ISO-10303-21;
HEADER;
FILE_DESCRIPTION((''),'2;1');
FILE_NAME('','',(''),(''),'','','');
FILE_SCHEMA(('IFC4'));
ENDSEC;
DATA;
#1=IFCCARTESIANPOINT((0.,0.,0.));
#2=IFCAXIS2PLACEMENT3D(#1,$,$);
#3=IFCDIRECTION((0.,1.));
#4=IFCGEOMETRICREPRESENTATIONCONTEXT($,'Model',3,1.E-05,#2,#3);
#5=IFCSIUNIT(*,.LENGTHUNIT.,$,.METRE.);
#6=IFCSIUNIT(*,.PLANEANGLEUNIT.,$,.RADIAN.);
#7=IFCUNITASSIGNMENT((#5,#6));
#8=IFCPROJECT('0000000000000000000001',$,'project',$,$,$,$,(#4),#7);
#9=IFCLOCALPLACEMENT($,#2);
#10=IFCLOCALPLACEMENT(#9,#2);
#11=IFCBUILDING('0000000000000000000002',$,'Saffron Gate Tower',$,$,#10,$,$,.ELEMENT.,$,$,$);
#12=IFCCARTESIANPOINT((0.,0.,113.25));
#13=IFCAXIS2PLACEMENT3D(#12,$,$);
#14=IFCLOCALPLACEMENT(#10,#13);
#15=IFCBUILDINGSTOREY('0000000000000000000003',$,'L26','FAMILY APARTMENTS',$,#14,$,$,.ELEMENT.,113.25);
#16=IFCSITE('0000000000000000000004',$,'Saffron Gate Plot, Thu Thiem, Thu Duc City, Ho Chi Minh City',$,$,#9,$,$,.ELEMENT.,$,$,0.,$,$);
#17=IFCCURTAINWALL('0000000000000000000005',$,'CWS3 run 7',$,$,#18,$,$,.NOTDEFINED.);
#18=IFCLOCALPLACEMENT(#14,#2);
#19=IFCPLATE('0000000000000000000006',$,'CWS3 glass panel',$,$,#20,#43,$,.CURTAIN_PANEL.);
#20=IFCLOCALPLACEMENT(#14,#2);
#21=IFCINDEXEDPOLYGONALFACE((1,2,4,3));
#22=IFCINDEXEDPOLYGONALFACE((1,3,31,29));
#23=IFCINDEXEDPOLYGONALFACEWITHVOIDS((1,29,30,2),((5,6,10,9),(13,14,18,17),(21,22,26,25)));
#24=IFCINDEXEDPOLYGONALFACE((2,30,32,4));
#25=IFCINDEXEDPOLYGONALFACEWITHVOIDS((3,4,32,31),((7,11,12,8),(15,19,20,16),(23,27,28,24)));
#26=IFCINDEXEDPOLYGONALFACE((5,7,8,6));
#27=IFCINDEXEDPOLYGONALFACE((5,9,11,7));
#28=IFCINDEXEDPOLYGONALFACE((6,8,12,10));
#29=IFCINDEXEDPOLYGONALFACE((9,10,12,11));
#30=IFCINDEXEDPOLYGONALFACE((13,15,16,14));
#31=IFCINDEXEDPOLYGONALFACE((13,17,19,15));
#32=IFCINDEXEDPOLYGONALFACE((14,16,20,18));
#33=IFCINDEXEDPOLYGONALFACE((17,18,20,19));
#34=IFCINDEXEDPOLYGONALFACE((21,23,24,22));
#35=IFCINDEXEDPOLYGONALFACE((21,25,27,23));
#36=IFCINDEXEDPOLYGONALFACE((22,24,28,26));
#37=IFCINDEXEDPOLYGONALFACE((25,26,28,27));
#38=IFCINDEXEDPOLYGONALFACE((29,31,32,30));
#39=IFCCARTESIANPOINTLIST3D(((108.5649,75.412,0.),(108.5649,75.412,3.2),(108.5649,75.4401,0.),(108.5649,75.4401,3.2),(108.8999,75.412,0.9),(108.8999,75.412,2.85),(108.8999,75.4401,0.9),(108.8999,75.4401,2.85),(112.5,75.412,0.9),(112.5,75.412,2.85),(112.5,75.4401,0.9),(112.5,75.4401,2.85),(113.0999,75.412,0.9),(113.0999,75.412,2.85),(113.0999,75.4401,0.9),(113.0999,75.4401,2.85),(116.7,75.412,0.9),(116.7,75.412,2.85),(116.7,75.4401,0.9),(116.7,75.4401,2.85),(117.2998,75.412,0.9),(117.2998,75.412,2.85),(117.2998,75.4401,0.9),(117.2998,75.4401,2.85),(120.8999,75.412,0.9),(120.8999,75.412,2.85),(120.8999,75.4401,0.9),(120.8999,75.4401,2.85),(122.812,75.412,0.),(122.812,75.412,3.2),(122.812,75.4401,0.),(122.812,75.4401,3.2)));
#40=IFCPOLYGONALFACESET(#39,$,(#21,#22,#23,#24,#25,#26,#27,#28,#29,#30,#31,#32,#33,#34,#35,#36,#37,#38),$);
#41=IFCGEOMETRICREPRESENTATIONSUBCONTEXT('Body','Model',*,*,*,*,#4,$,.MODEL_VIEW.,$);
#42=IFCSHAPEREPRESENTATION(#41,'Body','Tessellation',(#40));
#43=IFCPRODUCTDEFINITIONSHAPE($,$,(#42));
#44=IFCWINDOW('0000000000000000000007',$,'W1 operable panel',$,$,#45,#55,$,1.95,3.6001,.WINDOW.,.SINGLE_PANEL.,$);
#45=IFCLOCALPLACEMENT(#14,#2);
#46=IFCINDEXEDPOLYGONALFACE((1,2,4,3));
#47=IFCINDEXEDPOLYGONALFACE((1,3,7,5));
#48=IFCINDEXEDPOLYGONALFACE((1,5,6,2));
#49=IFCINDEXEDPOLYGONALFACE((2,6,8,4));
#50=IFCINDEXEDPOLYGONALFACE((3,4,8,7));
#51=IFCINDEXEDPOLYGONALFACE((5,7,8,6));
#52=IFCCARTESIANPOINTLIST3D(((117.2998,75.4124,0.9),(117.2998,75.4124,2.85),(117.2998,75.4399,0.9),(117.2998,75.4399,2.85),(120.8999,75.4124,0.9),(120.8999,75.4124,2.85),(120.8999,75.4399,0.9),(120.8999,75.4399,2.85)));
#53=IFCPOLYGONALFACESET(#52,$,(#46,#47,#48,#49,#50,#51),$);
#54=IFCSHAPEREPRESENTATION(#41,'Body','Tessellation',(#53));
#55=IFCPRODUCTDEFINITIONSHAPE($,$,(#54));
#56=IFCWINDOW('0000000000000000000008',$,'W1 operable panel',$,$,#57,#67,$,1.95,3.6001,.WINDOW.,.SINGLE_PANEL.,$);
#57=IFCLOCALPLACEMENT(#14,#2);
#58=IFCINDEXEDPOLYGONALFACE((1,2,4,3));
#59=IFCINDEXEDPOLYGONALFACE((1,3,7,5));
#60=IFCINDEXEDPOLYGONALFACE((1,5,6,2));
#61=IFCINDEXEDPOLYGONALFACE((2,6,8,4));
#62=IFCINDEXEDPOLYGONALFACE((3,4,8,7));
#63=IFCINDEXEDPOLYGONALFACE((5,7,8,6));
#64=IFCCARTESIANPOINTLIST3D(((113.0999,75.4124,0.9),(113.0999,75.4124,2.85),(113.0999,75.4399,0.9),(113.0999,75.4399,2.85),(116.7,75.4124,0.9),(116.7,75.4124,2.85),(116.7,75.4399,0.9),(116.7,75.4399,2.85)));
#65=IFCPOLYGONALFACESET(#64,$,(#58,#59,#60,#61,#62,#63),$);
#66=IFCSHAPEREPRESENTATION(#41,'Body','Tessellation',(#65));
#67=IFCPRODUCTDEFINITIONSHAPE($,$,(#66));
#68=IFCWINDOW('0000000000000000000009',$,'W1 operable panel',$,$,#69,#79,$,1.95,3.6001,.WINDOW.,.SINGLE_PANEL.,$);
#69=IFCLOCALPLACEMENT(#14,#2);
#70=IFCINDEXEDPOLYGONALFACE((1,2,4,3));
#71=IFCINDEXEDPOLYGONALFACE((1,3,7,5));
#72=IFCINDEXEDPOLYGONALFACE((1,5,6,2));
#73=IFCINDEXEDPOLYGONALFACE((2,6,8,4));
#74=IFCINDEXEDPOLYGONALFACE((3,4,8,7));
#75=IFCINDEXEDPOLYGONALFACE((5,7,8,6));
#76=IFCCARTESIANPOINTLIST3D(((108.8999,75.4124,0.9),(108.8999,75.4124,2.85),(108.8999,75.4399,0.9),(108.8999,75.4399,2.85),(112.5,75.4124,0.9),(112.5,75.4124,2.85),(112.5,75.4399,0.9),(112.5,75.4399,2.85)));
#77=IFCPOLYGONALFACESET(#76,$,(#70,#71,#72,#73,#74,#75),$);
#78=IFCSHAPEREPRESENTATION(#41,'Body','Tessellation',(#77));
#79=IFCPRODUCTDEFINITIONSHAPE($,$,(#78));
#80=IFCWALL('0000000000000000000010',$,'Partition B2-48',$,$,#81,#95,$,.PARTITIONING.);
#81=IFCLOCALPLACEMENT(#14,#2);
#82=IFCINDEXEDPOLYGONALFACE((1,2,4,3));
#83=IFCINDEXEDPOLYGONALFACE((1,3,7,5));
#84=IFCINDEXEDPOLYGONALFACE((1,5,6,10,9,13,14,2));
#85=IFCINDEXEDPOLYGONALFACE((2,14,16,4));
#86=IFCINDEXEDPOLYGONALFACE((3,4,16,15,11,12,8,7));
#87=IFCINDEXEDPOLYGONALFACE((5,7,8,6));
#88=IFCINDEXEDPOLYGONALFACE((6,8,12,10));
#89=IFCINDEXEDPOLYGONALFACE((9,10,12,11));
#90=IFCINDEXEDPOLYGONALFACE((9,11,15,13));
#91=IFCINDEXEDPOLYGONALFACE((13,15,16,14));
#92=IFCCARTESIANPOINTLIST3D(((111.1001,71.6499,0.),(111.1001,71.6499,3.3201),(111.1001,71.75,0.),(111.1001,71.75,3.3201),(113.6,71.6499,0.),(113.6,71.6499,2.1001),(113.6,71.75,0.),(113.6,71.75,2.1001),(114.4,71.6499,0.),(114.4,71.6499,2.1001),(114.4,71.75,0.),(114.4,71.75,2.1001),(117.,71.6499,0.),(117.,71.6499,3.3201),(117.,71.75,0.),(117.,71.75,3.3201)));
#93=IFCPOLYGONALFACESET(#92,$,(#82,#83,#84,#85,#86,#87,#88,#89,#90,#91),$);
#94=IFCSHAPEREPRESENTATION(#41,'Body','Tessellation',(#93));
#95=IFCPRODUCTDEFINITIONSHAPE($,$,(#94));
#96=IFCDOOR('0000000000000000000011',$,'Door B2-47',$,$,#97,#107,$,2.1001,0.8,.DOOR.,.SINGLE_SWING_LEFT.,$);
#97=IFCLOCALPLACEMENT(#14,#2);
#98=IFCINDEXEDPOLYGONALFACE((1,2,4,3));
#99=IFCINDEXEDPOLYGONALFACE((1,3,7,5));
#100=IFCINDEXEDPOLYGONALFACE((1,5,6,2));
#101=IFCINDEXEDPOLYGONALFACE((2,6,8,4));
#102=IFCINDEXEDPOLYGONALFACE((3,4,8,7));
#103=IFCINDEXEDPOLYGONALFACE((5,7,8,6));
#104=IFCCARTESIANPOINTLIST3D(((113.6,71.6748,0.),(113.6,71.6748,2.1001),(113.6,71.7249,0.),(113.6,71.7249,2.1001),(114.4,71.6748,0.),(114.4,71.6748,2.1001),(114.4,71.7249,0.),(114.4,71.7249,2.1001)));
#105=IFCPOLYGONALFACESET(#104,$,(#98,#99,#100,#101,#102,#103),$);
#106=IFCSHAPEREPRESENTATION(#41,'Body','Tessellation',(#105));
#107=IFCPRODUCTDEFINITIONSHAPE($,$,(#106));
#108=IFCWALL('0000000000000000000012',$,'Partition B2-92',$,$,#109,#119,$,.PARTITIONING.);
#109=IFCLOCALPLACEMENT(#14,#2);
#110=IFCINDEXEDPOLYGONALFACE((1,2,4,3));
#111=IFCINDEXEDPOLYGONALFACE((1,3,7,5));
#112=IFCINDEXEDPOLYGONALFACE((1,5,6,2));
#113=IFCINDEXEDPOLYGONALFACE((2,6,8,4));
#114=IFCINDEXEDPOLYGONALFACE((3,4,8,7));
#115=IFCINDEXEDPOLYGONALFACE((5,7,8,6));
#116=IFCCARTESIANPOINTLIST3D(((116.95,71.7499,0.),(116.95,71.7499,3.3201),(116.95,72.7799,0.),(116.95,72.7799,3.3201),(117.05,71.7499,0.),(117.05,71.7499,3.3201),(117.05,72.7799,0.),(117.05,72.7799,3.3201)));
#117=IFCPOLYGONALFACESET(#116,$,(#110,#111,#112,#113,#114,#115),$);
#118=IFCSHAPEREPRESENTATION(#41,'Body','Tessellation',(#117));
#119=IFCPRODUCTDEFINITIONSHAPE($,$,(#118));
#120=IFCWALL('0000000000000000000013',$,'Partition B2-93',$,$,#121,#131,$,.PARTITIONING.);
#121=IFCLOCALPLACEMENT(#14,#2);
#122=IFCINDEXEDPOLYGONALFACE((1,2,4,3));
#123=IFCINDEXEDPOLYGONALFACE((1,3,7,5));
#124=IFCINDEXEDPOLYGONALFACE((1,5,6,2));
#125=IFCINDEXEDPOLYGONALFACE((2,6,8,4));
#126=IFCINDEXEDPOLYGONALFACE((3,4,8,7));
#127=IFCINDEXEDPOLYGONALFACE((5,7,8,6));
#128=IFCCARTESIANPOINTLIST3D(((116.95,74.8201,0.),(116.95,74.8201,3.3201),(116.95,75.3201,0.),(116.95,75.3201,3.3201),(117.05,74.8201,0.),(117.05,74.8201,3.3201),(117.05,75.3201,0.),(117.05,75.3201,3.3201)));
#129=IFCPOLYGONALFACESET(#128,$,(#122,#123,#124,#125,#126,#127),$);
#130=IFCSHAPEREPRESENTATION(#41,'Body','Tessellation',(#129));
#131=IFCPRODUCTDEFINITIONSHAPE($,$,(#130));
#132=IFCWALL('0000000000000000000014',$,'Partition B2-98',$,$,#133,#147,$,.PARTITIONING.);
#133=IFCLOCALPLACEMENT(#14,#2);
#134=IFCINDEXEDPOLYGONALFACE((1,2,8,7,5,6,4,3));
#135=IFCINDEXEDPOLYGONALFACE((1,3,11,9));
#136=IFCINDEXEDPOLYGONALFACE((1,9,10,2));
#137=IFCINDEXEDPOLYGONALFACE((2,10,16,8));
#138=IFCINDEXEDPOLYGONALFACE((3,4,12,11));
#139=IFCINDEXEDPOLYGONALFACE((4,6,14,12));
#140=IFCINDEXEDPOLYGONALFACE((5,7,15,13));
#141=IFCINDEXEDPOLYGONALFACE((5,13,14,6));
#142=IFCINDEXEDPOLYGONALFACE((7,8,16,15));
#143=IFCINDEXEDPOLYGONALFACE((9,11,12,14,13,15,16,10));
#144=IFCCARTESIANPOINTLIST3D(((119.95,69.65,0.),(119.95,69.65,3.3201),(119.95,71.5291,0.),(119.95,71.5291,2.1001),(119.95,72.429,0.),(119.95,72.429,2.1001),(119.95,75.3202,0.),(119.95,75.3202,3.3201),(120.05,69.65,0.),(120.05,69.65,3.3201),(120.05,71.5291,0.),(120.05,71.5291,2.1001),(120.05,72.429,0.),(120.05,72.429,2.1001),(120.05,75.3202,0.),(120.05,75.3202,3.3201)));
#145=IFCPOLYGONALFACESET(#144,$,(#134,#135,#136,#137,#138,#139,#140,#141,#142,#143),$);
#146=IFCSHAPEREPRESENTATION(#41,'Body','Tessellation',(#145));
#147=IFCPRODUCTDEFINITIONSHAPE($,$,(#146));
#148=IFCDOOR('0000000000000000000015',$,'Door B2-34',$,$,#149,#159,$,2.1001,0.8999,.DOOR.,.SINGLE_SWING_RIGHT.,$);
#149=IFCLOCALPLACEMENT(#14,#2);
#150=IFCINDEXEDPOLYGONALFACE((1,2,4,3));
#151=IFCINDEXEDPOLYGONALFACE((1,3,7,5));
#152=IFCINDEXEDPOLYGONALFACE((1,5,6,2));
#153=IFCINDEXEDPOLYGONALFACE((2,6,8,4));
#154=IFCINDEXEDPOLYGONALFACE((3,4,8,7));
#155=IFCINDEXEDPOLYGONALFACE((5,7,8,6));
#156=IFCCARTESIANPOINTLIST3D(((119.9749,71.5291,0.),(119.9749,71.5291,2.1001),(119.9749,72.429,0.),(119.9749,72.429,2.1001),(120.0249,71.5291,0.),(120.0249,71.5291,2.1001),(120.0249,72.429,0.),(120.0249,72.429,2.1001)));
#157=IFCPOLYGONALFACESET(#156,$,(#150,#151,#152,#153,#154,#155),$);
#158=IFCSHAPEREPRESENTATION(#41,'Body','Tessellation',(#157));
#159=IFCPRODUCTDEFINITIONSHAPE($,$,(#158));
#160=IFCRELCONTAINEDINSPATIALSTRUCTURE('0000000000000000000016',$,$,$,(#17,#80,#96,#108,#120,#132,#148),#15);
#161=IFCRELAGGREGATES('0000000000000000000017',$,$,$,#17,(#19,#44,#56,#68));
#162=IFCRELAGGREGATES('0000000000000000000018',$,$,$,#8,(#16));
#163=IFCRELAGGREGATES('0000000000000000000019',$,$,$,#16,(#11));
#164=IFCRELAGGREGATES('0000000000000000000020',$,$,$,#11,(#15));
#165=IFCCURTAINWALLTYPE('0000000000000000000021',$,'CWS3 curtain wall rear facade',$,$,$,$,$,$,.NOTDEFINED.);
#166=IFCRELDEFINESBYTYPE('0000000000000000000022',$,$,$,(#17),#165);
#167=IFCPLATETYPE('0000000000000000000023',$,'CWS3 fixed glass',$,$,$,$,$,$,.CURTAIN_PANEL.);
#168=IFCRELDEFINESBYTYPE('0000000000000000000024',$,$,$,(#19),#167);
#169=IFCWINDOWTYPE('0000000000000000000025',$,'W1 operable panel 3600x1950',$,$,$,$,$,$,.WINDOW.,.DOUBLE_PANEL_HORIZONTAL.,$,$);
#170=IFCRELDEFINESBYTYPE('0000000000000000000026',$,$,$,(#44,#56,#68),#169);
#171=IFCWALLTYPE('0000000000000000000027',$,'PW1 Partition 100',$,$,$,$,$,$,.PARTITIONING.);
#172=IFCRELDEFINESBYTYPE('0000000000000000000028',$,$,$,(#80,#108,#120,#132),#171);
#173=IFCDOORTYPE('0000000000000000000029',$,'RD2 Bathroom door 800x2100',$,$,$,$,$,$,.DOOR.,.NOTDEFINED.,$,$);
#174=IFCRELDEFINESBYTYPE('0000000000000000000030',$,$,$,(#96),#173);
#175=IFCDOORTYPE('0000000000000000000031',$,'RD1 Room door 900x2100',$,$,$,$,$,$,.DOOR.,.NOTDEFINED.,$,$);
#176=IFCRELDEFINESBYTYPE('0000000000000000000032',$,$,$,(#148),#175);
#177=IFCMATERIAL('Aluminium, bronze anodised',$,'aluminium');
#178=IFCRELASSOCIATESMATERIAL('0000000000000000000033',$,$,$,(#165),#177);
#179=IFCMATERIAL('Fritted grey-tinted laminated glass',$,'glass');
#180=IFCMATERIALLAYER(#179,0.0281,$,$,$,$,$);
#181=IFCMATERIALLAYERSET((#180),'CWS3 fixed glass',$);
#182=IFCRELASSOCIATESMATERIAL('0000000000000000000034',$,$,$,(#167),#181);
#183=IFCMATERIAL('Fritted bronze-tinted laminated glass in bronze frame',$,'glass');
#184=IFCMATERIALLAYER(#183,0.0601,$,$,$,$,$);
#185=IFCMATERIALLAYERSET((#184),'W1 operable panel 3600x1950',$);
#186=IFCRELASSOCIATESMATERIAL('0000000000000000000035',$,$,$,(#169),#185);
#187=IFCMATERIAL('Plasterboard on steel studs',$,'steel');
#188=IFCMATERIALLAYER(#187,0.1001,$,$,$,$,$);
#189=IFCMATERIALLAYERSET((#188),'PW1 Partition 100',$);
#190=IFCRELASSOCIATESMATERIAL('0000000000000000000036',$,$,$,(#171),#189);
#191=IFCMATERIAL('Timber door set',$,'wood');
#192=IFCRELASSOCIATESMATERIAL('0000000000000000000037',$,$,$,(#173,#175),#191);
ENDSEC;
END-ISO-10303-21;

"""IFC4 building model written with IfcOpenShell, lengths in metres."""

from ifc_helpers import new_model, si_unit, direction, frame, frame_2d, origin, place, context, subcontext, project, spatial, rectangle, extrude, material, layer, layer_set, type_object, element, fill, aggregate, save


model = new_model("IFC4")

# Units and contexts
model_context = context("Model", 3, precision=1e-05, world=origin(), true_north=direction((0.0, 1.0)))
body_context = subcontext(model_context, "Body", "Model", "MODEL_VIEW")
ifc_project = project(units=[si_unit("LENGTHUNIT", "METRE"), si_unit("PLANEANGLEUNIT", "RADIAN")], contexts=[model_context])

# Site, building, storey
site_placement = place(None, origin())
site = spatial("IfcSite", under=ifc_project, at=site_placement, Name="Saffron Gate Plot, Thu Thiem, Thu Duc City, Ho Chi Minh City", CompositionType="ELEMENT", RefElevation=0.0)
building_placement = place(site_placement, origin())
building = spatial("IfcBuilding", under=site, at=building_placement, Name="Saffron Gate Tower", CompositionType="ELEMENT")
storey_placement = place(building_placement, frame((0.0, 0.0, 113.25)))
storey = spatial("IfcBuildingStorey", under=building, at=storey_placement, Name="L26", Description="FAMILY APARTMENTS", CompositionType="ELEMENT", Elevation=113.25)

# Curtain wall
ifc_material_1 = material(Name="Aluminium, bronze anodised", Category="aluminium")
curtain_wall_type_1 = type_object("IfcCurtainWallType", Name="CWS3 curtain wall rear facade", PredefinedType="NOTDEFINED", material=ifc_material_1)
curtain_wall_1_placement = place(storey_placement, origin())
curtain_wall_1 = element("IfcCurtainWall", 1, at=curtain_wall_1_placement, inside=storey, type_object=curtain_wall_type_1, Name="CWS3 run 7", PredefinedType="NOTDEFINED")

# Plate, openings, windows
ifc_material_2 = material(Name="Fritted grey-tinted laminated glass", Category="glass")
ifc_layer_1 = layer(ifc_material_2, 0.0281)
ifc_layer_set_1 = layer_set([ifc_layer_1], Name="CWS3 fixed glass")
plate_type = type_object("IfcPlateType", Name="CWS3 fixed glass", PredefinedType="CURTAIN_PANEL", material=ifc_layer_set_1)
plate_placement = place(storey_placement, frame((122.812, 75.426, 0.0), z_axis=(0.0, 0.0, 1.0), x_axis=(-1.0, 0.0, 0.0)))
plate = element("IfcPlate", 2, at=plate_placement, type_object=plate_type, Name="CWS3 glass panel", PredefinedType="CURTAIN_PANEL", context=body_context, shape_type="SweptSolid", body=[
    extrude(rectangle(XDim=14.2471, YDim=0.0281, at=frame_2d((7.1235, 0.0))), origin(), (0.0, 0.0, 1.0), 3.2),
])
opening_1_placement = place(plate_placement, frame((1.9121, 0.0, 0.8999)))
opening_1 = element("IfcOpeningElement", 3, at=opening_1_placement, cuts=plate, PredefinedType="OPENING", context=body_context, shape_type="SweptSolid", body=[
    extrude(rectangle(XDim=3.6001, YDim=1.95, at=frame_2d((1.8, 0.9751))), frame((0.0, 0.0239, 0.0), z_axis=(0.0, -1.0, 0.0), x_axis=(1.0, 0.0, 0.0)), (0.0, 0.0, 1.0), 0.0481),
])
opening_2_placement = place(plate_placement, frame((6.1121, 0.0, 0.8999)))
opening_2 = element("IfcOpeningElement", 4, at=opening_2_placement, cuts=plate, PredefinedType="OPENING", context=body_context, shape_type="SweptSolid", body=[
    extrude(rectangle(XDim=3.6001, YDim=1.95, at=frame_2d((1.8, 0.9751))), frame((0.0, 0.0239, 0.0), z_axis=(0.0, -1.0, 0.0), x_axis=(1.0, 0.0, 0.0)), (0.0, 0.0, 1.0), 0.0481),
])
opening_3_placement = place(plate_placement, frame((10.312, 0.0, 0.8999)))
opening_3 = element("IfcOpeningElement", 5, at=opening_3_placement, cuts=plate, PredefinedType="OPENING", context=body_context, shape_type="SweptSolid", body=[
    extrude(rectangle(XDim=3.6001, YDim=1.95, at=frame_2d((1.8, 0.9751))), frame((0.0, 0.0239, 0.0), z_axis=(0.0, -1.0, 0.0), x_axis=(1.0, 0.0, 0.0)), (0.0, 0.0, 1.0), 0.0481),
])
ifc_material_3 = material(Name="Fritted bronze-tinted laminated glass in bronze frame", Category="glass")
ifc_layer_2 = layer(ifc_material_3, 0.0601)
ifc_layer_set_2 = layer_set([ifc_layer_2], Name="W1 operable panel 3600x1950")
window_type = type_object("IfcWindowType", Name="W1 operable panel 3600x1950", PartitioningType="DOUBLE_PANEL_HORIZONTAL", PredefinedType="WINDOW", material=ifc_layer_set_2)
window_1_placement = place(opening_1_placement, origin())
window_1 = element("IfcWindow", 6, at=window_1_placement, type_object=window_type, Name="W1 operable panel", OverallHeight=1.95, OverallWidth=3.6001, PartitioningType="SINGLE_PANEL", PredefinedType="WINDOW", context=body_context, shape_type="SweptSolid", body=[
    extrude(rectangle(XDim=3.6001, YDim=1.95, at=frame_2d((1.8, 0.9751))), frame((0.0, 0.0137, 0.0), z_axis=(0.0, -1.0, 0.0), x_axis=(1.0, 0.0, 0.0)), (0.0, 0.0, 1.0), 0.0276),
])
fill(opening_1, window_1)
window_2_placement = place(opening_2_placement, origin())
window_2 = element("IfcWindow", 7, at=window_2_placement, type_object=window_type, Name="W1 operable panel", OverallHeight=1.95, OverallWidth=3.6001, PartitioningType="SINGLE_PANEL", PredefinedType="WINDOW", context=body_context, shape_type="SweptSolid", body=[
    extrude(rectangle(XDim=3.6001, YDim=1.95, at=frame_2d((1.8, 0.9751))), frame((0.0, 0.0137, 0.0), z_axis=(0.0, -1.0, 0.0), x_axis=(1.0, 0.0, 0.0)), (0.0, 0.0, 1.0), 0.0276),
])
fill(opening_2, window_2)
window_3_placement = place(opening_3_placement, origin())
window_3 = element("IfcWindow", 8, at=window_3_placement, type_object=window_type, Name="W1 operable panel", OverallHeight=1.95, OverallWidth=3.6001, PartitioningType="SINGLE_PANEL", PredefinedType="WINDOW", context=body_context, shape_type="SweptSolid", body=[
    extrude(rectangle(XDim=3.6001, YDim=1.95, at=frame_2d((1.8, 0.9751))), frame((0.0, 0.0137, 0.0), z_axis=(0.0, -1.0, 0.0), x_axis=(1.0, 0.0, 0.0)), (0.0, 0.0, 1.0), 0.0276),
])
fill(opening_3, window_3)
aggregate(curtain_wall_1, [plate, window_1, window_2, window_3])

# Wall, opening, door
ifc_material_4 = material(Name="Plasterboard on steel studs", Category="steel")
ifc_layer_3 = layer(ifc_material_4, 0.1001)
ifc_layer_set_3 = layer_set([ifc_layer_3], Name="PW1 Partition 100")
wall_type_1 = type_object("IfcWallType", Name="PW1 Partition 100", PredefinedType="PARTITIONING", material=ifc_layer_set_3)
wall_1_placement = place(storey_placement, frame((111.1001, 71.7, 0.0), z_axis=(0.0, 0.0, 1.0), x_axis=(1.0, 0.0, 0.0)))
wall_1 = element("IfcWall", 9, at=wall_1_placement, inside=storey, type_object=wall_type_1, Name="Partition B2-48", PredefinedType="PARTITIONING", context=body_context, shape_type="SweptSolid", body=[
    extrude(rectangle(XDim=5.8999, YDim=0.1001, at=frame_2d((2.95, 0.0))), origin(), (0.0, 0.0, 1.0), 3.3201),
])
opening_4_placement = place(wall_1_placement, frame((2.5, 0.0, 0.0)))
opening_4 = element("IfcOpeningElement", 10, at=opening_4_placement, cuts=wall_1, PredefinedType="OPENING", context=body_context, shape_type="SweptSolid", body=[
    extrude(rectangle(XDim=0.8, YDim=2.1001, at=frame_2d((0.3999, 1.05))), frame((0.0, 0.0601, 0.0), z_axis=(0.0, -1.0, 0.0), x_axis=(1.0, 0.0, 0.0)), (0.0, 0.0, 1.0), 0.1201),
])
ifc_material_5 = material(Name="Timber door set", Category="wood")
door_type_1 = type_object("IfcDoorType", Name="RD2 Bathroom door 800x2100", OperationType="NOTDEFINED", PredefinedType="DOOR", material=ifc_material_5)
door_1_placement = place(opening_4_placement, origin())
door_1 = element("IfcDoor", 11, at=door_1_placement, inside=storey, type_object=door_type_1, Name="Door B2-47", OperationType="SINGLE_SWING_LEFT", OverallHeight=2.1001, OverallWidth=0.8, PredefinedType="DOOR", context=body_context, shape_type="SweptSolid", body=[
    extrude(rectangle(XDim=0.8, YDim=2.1001, at=frame_2d((0.3999, 1.05))), frame((0.0, 0.0249, 0.0), z_axis=(0.0, -1.0, 0.0), x_axis=(1.0, 0.0, 0.0)), (0.0, 0.0, 1.0), 0.05),
])
fill(opening_4, door_1)

# Walls
wall_2_placement = place(storey_placement, frame((117.0, 72.78, 0.0), z_axis=(0.0, 0.0, 1.0), x_axis=(0.0, -1.0, 0.0)))
element("IfcWall", 12, at=wall_2_placement, inside=storey, type_object=wall_type_1, Name="Partition B2-92", PredefinedType="PARTITIONING", context=body_context, shape_type="SweptSolid", body=[
    extrude(rectangle(XDim=1.03, YDim=0.1001, at=frame_2d((0.5151, 0.0))), origin(), (0.0, 0.0, 1.0), 3.3201),
])
wall_3_placement = place(storey_placement, frame((117.0, 75.3201, 0.0), z_axis=(0.0, 0.0, 1.0), x_axis=(0.0, -1.0, 0.0)))
element("IfcWall", 13, at=wall_3_placement, inside=storey, type_object=wall_type_1, Name="Partition B2-93", PredefinedType="PARTITIONING", context=body_context, shape_type="SweptSolid", body=[
    extrude(rectangle(XDim=0.5, YDim=0.1001, at=frame_2d((0.25, 0.0))), origin(), (0.0, 0.0, 1.0), 3.3201),
])

# Wall, opening, door
wall_4_placement = place(storey_placement, frame((120.0, 75.3201, 0.0), z_axis=(0.0, 0.0, 1.0), x_axis=(0.0, -1.0, 0.0)))
wall_4 = element("IfcWall", 14, at=wall_4_placement, inside=storey, type_object=wall_type_1, Name="Partition B2-98", PredefinedType="PARTITIONING", context=body_context, shape_type="SweptSolid", body=[
    extrude(rectangle(XDim=5.6702, YDim=0.1001, at=frame_2d((2.835, 0.0))), origin(), (0.0, 0.0, 1.0), 3.3201),
])
opening_5_placement = place(wall_4_placement, frame((2.8911, 0.0, 0.0)))
opening_5 = element("IfcOpeningElement", 15, at=opening_5_placement, cuts=wall_4, PredefinedType="OPENING", context=body_context, shape_type="SweptSolid", body=[
    extrude(rectangle(XDim=0.8999, YDim=2.1001, at=frame_2d((0.45, 1.05))), frame((0.0, 0.0601, 0.0), z_axis=(0.0, -1.0, 0.0), x_axis=(1.0, 0.0, 0.0)), (0.0, 0.0, 1.0), 0.1201),
])
door_type_2 = type_object("IfcDoorType", Name="RD1 Room door 900x2100", OperationType="NOTDEFINED", PredefinedType="DOOR", material=ifc_material_5)
door_2_placement = place(opening_5_placement, origin())
door_2 = element("IfcDoor", 16, at=door_2_placement, inside=storey, type_object=door_type_2, Name="Door B2-34", OperationType="SINGLE_SWING_RIGHT", OverallHeight=2.1001, OverallWidth=0.8999, PredefinedType="DOOR", context=body_context, shape_type="SweptSolid", body=[
    extrude(rectangle(XDim=0.8999, YDim=2.1001, at=frame_2d((0.45, 1.05))), frame((0.0, 0.0249, 0.0), z_axis=(0.0, -1.0, 0.0), x_axis=(1.0, 0.0, 0.0)), (0.0, 0.0, 1.0), 0.05),
])
fill(opening_5, door_2)

save(model, "model.ifc")
